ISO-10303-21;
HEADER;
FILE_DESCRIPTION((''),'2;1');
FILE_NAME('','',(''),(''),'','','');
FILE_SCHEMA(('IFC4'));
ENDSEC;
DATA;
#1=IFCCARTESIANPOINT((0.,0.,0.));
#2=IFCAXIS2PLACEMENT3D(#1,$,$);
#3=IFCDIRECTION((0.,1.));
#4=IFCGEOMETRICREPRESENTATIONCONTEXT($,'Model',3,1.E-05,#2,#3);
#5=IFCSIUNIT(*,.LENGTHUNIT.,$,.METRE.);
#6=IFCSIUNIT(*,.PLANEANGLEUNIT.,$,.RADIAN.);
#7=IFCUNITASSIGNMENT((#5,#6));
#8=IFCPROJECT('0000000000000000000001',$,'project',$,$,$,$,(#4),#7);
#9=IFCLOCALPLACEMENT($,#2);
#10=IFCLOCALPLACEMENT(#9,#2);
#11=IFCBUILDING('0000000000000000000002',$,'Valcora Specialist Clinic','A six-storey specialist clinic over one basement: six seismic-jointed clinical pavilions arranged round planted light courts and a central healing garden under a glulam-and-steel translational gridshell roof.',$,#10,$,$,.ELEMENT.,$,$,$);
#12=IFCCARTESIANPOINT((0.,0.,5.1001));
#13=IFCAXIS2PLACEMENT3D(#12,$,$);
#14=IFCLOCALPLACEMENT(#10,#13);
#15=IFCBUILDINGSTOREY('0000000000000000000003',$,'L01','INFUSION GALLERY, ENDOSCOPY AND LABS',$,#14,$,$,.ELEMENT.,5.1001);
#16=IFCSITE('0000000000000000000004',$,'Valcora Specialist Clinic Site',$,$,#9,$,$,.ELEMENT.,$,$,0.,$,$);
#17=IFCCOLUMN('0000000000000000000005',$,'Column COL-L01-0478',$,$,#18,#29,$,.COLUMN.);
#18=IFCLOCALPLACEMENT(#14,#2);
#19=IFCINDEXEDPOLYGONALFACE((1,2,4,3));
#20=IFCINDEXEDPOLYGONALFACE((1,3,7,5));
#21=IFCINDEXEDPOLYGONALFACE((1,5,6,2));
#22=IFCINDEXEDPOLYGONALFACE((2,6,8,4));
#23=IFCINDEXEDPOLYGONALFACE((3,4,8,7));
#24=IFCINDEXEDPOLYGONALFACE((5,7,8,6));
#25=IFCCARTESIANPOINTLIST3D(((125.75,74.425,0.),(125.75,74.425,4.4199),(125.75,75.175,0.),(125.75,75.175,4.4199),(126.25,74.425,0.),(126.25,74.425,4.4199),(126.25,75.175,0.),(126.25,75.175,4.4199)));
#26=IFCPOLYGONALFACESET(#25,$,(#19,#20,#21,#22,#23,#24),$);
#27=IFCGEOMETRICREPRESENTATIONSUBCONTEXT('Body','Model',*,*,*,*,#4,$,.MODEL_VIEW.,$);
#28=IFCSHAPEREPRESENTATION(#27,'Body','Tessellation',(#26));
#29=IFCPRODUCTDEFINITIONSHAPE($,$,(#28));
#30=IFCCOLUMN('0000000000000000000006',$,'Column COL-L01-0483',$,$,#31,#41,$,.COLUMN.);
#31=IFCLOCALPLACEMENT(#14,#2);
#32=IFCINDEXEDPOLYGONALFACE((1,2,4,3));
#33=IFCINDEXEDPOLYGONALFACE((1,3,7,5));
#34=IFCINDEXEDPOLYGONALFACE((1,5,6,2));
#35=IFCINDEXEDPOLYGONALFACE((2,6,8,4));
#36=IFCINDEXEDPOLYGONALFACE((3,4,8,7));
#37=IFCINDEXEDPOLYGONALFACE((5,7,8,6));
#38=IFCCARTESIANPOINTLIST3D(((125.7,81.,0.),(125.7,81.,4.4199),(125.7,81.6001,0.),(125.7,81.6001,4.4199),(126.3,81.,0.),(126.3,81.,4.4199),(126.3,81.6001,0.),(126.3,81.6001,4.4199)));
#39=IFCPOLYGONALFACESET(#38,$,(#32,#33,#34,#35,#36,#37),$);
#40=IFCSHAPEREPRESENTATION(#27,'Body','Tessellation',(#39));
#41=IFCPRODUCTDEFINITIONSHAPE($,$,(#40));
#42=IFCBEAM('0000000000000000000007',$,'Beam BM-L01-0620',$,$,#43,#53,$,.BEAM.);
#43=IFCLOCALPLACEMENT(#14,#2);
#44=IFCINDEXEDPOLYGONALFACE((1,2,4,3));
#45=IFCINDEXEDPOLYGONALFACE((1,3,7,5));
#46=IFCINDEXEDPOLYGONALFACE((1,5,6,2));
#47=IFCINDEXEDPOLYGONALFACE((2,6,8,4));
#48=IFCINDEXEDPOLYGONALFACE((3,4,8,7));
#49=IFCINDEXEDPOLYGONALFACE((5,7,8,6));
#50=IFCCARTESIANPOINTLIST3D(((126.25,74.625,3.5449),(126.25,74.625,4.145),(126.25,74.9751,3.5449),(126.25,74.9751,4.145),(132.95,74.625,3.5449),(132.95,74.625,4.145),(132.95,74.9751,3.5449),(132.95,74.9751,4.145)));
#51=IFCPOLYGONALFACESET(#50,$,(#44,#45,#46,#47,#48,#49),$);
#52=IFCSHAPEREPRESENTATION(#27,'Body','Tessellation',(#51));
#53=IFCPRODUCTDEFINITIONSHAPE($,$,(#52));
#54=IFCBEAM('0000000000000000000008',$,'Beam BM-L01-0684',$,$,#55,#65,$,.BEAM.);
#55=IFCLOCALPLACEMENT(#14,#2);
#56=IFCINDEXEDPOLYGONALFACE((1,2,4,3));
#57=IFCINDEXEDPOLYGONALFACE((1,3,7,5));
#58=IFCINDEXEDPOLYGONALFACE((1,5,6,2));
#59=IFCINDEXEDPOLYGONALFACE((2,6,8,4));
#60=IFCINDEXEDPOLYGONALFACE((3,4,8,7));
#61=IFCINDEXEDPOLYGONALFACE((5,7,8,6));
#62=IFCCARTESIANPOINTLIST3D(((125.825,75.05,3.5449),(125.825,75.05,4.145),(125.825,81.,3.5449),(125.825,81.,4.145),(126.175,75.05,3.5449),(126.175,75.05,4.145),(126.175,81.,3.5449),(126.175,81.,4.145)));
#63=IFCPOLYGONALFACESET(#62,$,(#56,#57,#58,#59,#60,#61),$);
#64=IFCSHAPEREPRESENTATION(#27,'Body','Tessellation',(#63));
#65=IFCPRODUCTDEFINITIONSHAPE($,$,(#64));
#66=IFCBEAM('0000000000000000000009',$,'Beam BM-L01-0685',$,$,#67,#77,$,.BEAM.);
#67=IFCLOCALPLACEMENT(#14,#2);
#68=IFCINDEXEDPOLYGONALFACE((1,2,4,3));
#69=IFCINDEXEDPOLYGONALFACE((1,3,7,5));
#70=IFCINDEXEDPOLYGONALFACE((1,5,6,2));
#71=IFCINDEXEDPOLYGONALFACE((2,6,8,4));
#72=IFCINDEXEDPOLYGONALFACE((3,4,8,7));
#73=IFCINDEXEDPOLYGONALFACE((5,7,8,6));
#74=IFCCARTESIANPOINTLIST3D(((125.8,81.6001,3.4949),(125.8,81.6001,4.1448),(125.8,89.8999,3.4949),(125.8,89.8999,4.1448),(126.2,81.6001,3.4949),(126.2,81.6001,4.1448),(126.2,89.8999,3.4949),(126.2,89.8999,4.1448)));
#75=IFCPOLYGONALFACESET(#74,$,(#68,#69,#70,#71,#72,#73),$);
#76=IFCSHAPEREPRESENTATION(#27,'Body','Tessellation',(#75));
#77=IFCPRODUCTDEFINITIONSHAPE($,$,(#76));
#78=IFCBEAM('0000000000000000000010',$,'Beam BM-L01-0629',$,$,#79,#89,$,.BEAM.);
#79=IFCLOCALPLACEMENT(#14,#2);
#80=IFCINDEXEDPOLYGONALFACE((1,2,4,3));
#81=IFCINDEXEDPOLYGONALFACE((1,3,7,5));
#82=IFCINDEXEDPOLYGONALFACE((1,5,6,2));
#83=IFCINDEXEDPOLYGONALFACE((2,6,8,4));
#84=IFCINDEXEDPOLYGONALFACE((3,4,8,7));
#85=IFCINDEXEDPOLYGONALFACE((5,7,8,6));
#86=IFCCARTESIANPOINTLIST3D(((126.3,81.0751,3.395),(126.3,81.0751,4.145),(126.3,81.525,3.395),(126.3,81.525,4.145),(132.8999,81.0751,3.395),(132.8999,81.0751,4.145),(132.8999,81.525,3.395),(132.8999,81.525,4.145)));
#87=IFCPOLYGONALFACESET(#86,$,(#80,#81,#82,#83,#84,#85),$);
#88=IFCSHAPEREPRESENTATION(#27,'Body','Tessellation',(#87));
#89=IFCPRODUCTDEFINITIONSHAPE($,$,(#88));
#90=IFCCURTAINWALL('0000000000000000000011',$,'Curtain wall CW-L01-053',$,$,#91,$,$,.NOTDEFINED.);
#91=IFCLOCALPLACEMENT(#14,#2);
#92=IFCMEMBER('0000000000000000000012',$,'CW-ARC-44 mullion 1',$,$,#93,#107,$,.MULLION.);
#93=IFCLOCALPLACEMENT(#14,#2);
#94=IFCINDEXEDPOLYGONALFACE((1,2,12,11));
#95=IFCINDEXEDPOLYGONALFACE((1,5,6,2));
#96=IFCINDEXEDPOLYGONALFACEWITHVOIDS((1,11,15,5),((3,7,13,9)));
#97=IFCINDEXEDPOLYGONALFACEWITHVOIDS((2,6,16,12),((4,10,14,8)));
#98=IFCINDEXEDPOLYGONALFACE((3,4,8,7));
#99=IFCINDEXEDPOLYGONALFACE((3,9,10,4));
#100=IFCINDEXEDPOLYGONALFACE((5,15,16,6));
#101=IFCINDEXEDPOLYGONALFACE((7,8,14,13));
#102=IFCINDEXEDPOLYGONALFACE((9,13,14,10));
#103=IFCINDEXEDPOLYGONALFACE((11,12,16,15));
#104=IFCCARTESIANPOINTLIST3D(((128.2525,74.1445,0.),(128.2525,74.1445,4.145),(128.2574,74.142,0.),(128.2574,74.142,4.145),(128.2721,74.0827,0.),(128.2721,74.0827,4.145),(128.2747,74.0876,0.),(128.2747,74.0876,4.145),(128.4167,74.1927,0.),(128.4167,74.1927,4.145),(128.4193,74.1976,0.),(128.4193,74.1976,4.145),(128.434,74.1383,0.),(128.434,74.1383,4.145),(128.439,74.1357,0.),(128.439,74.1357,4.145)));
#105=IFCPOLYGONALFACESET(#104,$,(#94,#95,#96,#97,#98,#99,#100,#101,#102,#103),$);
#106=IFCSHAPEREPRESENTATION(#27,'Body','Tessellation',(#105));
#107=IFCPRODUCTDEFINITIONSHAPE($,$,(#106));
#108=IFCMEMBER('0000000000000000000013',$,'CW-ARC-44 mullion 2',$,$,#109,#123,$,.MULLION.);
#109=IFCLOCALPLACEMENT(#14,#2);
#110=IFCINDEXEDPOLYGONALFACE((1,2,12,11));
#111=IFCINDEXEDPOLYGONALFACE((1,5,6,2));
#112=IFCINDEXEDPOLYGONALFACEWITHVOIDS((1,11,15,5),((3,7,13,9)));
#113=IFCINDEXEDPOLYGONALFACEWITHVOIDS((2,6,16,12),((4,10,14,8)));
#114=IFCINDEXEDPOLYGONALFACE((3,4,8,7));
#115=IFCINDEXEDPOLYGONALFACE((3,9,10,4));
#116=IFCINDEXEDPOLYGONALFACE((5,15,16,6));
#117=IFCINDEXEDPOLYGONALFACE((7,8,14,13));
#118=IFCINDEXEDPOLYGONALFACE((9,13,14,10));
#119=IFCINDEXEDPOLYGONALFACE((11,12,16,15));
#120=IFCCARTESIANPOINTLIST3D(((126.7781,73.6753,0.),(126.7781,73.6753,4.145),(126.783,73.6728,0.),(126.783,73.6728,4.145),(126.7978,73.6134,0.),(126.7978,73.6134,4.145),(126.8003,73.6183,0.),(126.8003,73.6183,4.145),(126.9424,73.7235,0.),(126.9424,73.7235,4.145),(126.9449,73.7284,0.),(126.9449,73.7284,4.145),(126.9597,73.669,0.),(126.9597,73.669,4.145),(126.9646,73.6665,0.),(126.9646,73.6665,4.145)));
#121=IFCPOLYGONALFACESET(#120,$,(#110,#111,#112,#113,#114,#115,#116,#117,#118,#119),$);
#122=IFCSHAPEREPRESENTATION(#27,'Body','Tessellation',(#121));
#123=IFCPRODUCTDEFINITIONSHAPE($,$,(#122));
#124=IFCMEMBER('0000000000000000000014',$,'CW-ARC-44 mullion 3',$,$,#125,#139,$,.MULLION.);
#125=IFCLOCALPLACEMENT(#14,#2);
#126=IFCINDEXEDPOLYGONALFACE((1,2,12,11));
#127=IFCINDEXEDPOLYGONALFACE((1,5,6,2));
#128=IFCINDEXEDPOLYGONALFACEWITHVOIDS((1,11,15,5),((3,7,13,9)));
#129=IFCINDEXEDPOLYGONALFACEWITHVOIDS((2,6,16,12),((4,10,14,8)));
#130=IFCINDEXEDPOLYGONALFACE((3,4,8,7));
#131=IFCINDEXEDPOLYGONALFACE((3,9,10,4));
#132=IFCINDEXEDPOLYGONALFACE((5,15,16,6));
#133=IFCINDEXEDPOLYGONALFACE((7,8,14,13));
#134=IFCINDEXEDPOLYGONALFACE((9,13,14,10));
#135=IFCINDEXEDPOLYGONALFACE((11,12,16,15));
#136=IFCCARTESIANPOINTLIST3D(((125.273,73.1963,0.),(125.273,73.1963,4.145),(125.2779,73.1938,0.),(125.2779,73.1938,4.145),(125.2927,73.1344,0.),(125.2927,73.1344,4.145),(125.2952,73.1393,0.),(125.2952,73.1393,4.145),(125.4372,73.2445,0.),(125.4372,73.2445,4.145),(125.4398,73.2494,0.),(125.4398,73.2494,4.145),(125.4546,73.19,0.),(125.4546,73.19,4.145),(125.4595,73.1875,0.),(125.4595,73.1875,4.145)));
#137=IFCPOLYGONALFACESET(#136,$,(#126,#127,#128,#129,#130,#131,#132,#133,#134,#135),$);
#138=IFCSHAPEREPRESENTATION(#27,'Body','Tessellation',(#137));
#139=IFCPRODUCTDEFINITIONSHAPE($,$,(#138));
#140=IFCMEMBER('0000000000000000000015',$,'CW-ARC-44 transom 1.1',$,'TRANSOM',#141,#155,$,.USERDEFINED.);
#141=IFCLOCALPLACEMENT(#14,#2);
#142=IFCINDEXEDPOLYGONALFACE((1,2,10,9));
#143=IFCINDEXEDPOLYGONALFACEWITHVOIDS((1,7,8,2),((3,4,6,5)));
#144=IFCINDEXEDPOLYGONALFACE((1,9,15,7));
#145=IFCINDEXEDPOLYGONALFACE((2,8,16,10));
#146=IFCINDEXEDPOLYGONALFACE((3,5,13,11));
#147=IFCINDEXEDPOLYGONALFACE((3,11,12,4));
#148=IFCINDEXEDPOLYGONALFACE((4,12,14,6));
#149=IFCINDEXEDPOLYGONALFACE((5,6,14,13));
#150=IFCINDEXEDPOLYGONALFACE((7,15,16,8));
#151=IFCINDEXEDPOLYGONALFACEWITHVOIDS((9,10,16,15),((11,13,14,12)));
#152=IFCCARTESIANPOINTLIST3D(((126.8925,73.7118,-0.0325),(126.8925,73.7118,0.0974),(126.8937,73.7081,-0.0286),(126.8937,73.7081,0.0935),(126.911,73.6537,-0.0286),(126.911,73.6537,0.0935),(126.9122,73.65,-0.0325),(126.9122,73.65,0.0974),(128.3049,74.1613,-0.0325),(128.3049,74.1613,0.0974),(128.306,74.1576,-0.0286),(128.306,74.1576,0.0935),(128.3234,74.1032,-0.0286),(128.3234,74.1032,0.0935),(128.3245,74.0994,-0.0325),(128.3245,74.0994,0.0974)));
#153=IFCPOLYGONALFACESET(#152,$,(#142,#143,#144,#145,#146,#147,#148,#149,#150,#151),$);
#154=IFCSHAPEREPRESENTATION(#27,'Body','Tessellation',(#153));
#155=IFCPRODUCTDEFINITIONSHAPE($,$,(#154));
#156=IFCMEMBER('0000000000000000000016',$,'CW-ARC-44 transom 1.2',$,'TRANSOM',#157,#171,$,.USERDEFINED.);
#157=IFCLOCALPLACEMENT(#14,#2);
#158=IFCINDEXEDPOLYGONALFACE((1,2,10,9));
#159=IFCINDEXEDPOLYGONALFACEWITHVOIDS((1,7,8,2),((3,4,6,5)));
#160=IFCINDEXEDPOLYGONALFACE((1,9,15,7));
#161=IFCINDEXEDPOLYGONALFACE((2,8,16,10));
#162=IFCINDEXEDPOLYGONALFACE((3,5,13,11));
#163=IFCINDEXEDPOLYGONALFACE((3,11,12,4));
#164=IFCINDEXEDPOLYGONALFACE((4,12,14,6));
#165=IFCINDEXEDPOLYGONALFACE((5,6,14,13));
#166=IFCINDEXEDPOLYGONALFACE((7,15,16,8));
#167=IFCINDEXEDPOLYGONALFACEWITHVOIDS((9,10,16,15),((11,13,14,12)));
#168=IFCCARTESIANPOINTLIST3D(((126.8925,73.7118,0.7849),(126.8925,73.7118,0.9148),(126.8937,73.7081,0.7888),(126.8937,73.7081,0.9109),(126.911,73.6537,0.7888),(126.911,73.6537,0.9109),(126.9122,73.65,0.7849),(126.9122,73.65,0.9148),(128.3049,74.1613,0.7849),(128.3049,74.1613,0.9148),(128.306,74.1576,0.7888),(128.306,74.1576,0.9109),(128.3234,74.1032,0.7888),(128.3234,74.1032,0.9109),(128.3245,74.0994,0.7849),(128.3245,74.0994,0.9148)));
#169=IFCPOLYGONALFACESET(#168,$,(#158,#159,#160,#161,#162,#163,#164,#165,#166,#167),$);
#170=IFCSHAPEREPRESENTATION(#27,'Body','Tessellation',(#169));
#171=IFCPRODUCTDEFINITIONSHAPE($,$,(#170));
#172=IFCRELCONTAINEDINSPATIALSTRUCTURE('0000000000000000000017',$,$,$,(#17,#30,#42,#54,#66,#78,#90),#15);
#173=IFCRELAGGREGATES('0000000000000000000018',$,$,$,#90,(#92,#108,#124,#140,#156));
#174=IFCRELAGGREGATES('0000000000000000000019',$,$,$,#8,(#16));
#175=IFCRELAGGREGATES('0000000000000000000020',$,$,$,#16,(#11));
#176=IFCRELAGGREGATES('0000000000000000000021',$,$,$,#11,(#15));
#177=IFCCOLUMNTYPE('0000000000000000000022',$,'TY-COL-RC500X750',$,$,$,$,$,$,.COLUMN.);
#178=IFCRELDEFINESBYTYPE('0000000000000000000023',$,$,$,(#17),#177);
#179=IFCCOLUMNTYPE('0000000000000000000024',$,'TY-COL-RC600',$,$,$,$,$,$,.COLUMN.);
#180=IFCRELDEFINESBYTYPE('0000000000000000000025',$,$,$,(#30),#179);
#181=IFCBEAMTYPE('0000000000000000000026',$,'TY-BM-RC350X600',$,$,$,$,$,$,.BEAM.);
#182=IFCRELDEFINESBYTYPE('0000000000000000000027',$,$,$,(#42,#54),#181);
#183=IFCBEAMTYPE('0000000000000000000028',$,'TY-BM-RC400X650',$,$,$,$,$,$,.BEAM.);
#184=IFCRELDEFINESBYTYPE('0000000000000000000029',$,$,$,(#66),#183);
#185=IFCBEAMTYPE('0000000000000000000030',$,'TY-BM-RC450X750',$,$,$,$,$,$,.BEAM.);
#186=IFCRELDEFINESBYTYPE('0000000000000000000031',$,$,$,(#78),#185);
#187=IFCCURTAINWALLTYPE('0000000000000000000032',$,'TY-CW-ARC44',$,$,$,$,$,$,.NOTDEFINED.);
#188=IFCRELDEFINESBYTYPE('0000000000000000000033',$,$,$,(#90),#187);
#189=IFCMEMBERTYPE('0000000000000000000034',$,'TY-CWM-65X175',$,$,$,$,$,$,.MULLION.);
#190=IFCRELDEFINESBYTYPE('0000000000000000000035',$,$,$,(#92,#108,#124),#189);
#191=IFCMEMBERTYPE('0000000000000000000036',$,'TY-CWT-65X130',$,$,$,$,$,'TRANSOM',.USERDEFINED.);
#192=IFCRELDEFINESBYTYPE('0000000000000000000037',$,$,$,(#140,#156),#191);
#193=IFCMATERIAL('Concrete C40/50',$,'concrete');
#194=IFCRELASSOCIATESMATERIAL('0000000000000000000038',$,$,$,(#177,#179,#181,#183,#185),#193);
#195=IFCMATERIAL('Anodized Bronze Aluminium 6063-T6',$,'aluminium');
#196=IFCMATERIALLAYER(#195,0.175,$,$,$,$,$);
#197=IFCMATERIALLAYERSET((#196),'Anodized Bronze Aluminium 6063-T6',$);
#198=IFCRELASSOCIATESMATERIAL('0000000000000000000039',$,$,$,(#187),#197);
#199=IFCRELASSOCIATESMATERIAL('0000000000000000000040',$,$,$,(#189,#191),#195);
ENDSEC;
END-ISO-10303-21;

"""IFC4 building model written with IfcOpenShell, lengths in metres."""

from ifc_helpers import new_model, si_unit, direction, frame, origin, origin_2d, place, context, subcontext, project, spatial, rectangle, hollow_rectangle, extrude, material, layer, layer_set, material_profile, profile_set, type_object, element, aggregate, save


model = new_model("IFC4")

# Units and contexts
model_context = context("Model", 3, precision=1e-05, world=origin(), true_north=direction((0.0, 1.0)))
body_context = subcontext(model_context, "Body", "Model", "MODEL_VIEW")
ifc_project = project(units=[si_unit("LENGTHUNIT", "METRE"), si_unit("PLANEANGLEUNIT", "RADIAN")], contexts=[model_context])

# Site, building, storey
site_placement = place(None, origin())
site = spatial("IfcSite", under=ifc_project, at=site_placement, Name="Valcora Specialist Clinic Site", CompositionType="ELEMENT", RefElevation=0.0)
building_placement = place(site_placement, origin())
building = spatial("IfcBuilding", under=site, at=building_placement, Name="Valcora Specialist Clinic", Description="A six-storey specialist clinic over one basement: six seismic-jointed clinical pavilions arranged round planted light courts and a central healing garden under a glulam-and-steel translational gridshell roof.", CompositionType="ELEMENT")
storey_placement = place(building_placement, frame((0.0, 0.0, 5.1001)))
storey = spatial("IfcBuildingStorey", under=building, at=storey_placement, Name="L01", Description="INFUSION GALLERY, ENDOSCOPY AND LABS", CompositionType="ELEMENT", Elevation=5.1001)

# Columns
ifc_material_1 = material(Name="Concrete C40/50", Category="concrete")
ifc_material_profile_1 = material_profile(ifc_material_1, rectangle(XDim=0.5, YDim=0.75, at=origin_2d()), Name="RC-COL-500X750")
ifc_profile_set_1 = profile_set([ifc_material_profile_1], Name="Concrete C40/50")
column_type_1 = type_object("IfcColumnType", Name="TY-COL-RC500X750", PredefinedType="COLUMN", material=ifc_profile_set_1)
column_1_placement = place(storey_placement, frame((126.0, 74.8, 0.0), z_axis=(0.0, 0.0, 1.0), x_axis=(1.0, 0.0, 0.0)))
element("IfcColumn", 1, at=column_1_placement, inside=storey, type_object=column_type_1, Name="Column COL-L01-0478", PredefinedType="COLUMN", context=body_context, shape_type="SweptSolid", body=[
    extrude(rectangle(XDim=0.5, YDim=0.75, at=origin_2d()), origin(), (0.0, 0.0, 1.0), 4.4199),
])
ifc_material_profile_2 = material_profile(ifc_material_1, rectangle(XDim=0.6001, YDim=0.6001, at=origin_2d()), Name="RC-COL-600X600")
ifc_profile_set_2 = profile_set([ifc_material_profile_2], Name="Concrete C40/50")
column_type_2 = type_object("IfcColumnType", Name="TY-COL-RC600", PredefinedType="COLUMN", material=ifc_profile_set_2)
column_2_placement = place(storey_placement, frame((126.0, 81.3, 0.0), z_axis=(0.0, 0.0, 1.0), x_axis=(1.0, 0.0, 0.0)))
element("IfcColumn", 2, at=column_2_placement, inside=storey, type_object=column_type_2, Name="Column COL-L01-0483", PredefinedType="COLUMN", context=body_context, shape_type="SweptSolid", body=[
    extrude(rectangle(XDim=0.6001, YDim=0.6001, at=origin_2d()), origin(), (0.0, 0.0, 1.0), 4.4199),
])

# Beams
ifc_material_profile_3 = material_profile(ifc_material_1, rectangle(XDim=0.3501, YDim=0.6001, at=origin_2d()), Name="RC-BM-350X600")
ifc_profile_set_3 = profile_set([ifc_material_profile_3], Name="Concrete C40/50")
beam_type_1 = type_object("IfcBeamType", Name="TY-BM-RC350X600", PredefinedType="BEAM", material=ifc_profile_set_3)
beam_1_placement = place(storey_placement, frame((126.25, 74.8, 3.845), z_axis=(1.0, 0.0, 0.0), x_axis=(0.0, 1.0, 0.0)))
element("IfcBeam", 3, at=beam_1_placement, inside=storey, type_object=beam_type_1, Name="Beam BM-L01-0620", PredefinedType="BEAM", context=body_context, shape_type="SweptSolid", body=[
    extrude(rectangle(XDim=0.3501, YDim=0.6001, at=origin_2d()), origin(), (0.0, 0.0, 1.0), 6.7),
])
beam_2_placement = place(storey_placement, frame((126.0, 75.05, 3.845), z_axis=(0.0, 1.0, 0.0), x_axis=(-1.0, 0.0, 0.0)))
element("IfcBeam", 4, at=beam_2_placement, inside=storey, type_object=beam_type_1, Name="Beam BM-L01-0684", PredefinedType="BEAM", context=body_context, shape_type="SweptSolid", body=[
    extrude(rectangle(XDim=0.3501, YDim=0.6001, at=origin_2d()), origin(), (0.0, 0.0, 1.0), 5.95),
])
ifc_material_profile_4 = material_profile(ifc_material_1, rectangle(XDim=0.3999, YDim=0.6499, at=origin_2d()), Name="RC-BM-400X650")
ifc_profile_set_4 = profile_set([ifc_material_profile_4], Name="Concrete C40/50")
beam_type_2 = type_object("IfcBeamType", Name="TY-BM-RC400X650", PredefinedType="BEAM", material=ifc_profile_set_4)
beam_3_placement = place(storey_placement, frame((126.0, 81.6001, 3.8198), z_axis=(0.0, 1.0, 0.0), x_axis=(-1.0, 0.0, 0.0)))
element("IfcBeam", 5, at=beam_3_placement, inside=storey, type_object=beam_type_2, Name="Beam BM-L01-0685", PredefinedType="BEAM", context=body_context, shape_type="SweptSolid", body=[
    extrude(rectangle(XDim=0.3999, YDim=0.6499, at=origin_2d()), origin(), (0.0, 0.0, 1.0), 8.2998),
])
ifc_material_profile_5 = material_profile(ifc_material_1, rectangle(XDim=0.45, YDim=0.75, at=origin_2d()), Name="RC-BM-450X750")
ifc_profile_set_5 = profile_set([ifc_material_profile_5], Name="Concrete C40/50")
beam_type_3 = type_object("IfcBeamType", Name="TY-BM-RC450X750", PredefinedType="BEAM", material=ifc_profile_set_5)
beam_4_placement = place(storey_placement, frame((126.3, 81.3, 3.77), z_axis=(1.0, 0.0, 0.0), x_axis=(0.0, 1.0, 0.0)))
element("IfcBeam", 6, at=beam_4_placement, inside=storey, type_object=beam_type_3, Name="Beam BM-L01-0629", PredefinedType="BEAM", context=body_context, shape_type="SweptSolid", body=[
    extrude(rectangle(XDim=0.45, YDim=0.75, at=origin_2d()), origin(), (0.0, 0.0, 1.0), 6.5999),
])

# Curtain wall, members
ifc_material_2 = material(Name="Anodized Bronze Aluminium 6063-T6", Category="aluminium")
ifc_layer_1 = layer(ifc_material_2, 0.175)
ifc_layer_set_1 = layer_set([ifc_layer_1], Name="Anodized Bronze Aluminium 6063-T6")
curtain_wall_type = type_object("IfcCurtainWallType", Name="TY-CW-ARC44", PredefinedType="NOTDEFINED", material=ifc_layer_set_1)
curtain_wall_placement = place(storey_placement, origin())
curtain_wall = element("IfcCurtainWall", 7, at=curtain_wall_placement, inside=storey, type_object=curtain_wall_type, Name="Curtain wall CW-L01-053", PredefinedType="NOTDEFINED")
ifc_material_profile_6 = material_profile(ifc_material_2, hollow_rectangle(XDim=0.0649, YDim=0.175, WallThickness=0.0039, at=origin_2d()), Name="AL-MUL-65X175")
ifc_profile_set_6 = profile_set([ifc_material_profile_6], Name="Anodized Bronze Aluminium 6063-T6")
member_type_1 = type_object("IfcMemberType", Name="TY-CWM-65X175", PredefinedType="MULLION", material=ifc_profile_set_6)
member_1_placement = place(storey_placement, frame((128.3457, 74.1401, 0.0), z_axis=(0.0, 0.0, 1.0), x_axis=(0.303233, -0.952916, 0.0)))
member_1 = element("IfcMember", 8, at=member_1_placement, type_object=member_type_1, Name="CW-ARC-44 mullion 1", PredefinedType="MULLION", context=body_context, shape_type="SweptSolid", body=[
    extrude(hollow_rectangle(XDim=0.0649, YDim=0.175, WallThickness=0.0039, at=origin_2d()), origin(), (0.0, 0.0, 1.0), 4.145),
])
member_2_placement = place(storey_placement, frame((126.8713, 73.6709, 0.0), z_axis=(0.0, 0.0, 1.0), x_axis=(0.303233, -0.952916, 0.0)))
member_2 = element("IfcMember", 9, at=member_2_placement, type_object=member_type_1, Name="CW-ARC-44 mullion 2", PredefinedType="MULLION", context=body_context, shape_type="SweptSolid", body=[
    extrude(hollow_rectangle(XDim=0.0649, YDim=0.175, WallThickness=0.0039, at=origin_2d()), origin(), (0.0, 0.0, 1.0), 4.145),
])
member_3_placement = place(storey_placement, frame((125.3662, 73.1919, 0.0), z_axis=(0.0, 0.0, 1.0), x_axis=(0.303233, -0.952916, 0.0)))
member_3 = element("IfcMember", 10, at=member_3_placement, type_object=member_type_1, Name="CW-ARC-44 mullion 3", PredefinedType="MULLION", context=body_context, shape_type="SweptSolid", body=[
    extrude(hollow_rectangle(XDim=0.0649, YDim=0.175, WallThickness=0.0039, at=origin_2d()), origin(), (0.0, 0.0, 1.0), 4.145),
])
ifc_material_profile_7 = material_profile(ifc_material_2, hollow_rectangle(XDim=0.0649, YDim=0.1299, WallThickness=0.0039, at=origin_2d()), Name="AL-TRN-65X130")
ifc_profile_set_7 = profile_set([ifc_material_profile_7], Name="Anodized Bronze Aluminium 6063-T6")
member_type_2 = type_object("IfcMemberType", Name="TY-CWT-65X130", ElementType="TRANSOM", PredefinedType="USERDEFINED", material=ifc_profile_set_7)
member_4_placement = place(storey_placement, frame((128.3147, 74.1304, 0.0325), z_axis=(-0.952911, -0.303251, 0.0), x_axis=(0.303251, -0.952911, 0.0)))
member_4 = element("IfcMember", 11, at=member_4_placement, type_object=member_type_2, Name="CW-ARC-44 transom 1.1", ObjectType="TRANSOM", PredefinedType="USERDEFINED", context=body_context, shape_type="SweptSolid", body=[
    extrude(hollow_rectangle(XDim=0.0649, YDim=0.1299, WallThickness=0.0039, at=origin_2d()), origin(), (0.0, 0.0, 1.0), 1.4822),
])
member_5_placement = place(storey_placement, frame((128.3147, 74.1304, 0.8499), z_axis=(-0.952911, -0.303251, 0.0), x_axis=(0.303251, -0.952911, 0.0)))
member_5 = element("IfcMember", 12, at=member_5_placement, type_object=member_type_2, Name="CW-ARC-44 transom 1.2", ObjectType="TRANSOM", PredefinedType="USERDEFINED", context=body_context, shape_type="SweptSolid", body=[
    extrude(hollow_rectangle(XDim=0.0649, YDim=0.1299, WallThickness=0.0039, at=origin_2d()), origin(), (0.0, 0.0, 1.0), 1.4822),
])
aggregate(curtain_wall, [member_1, member_2, member_3, member_4, member_5])

save(model, "model.ifc")
